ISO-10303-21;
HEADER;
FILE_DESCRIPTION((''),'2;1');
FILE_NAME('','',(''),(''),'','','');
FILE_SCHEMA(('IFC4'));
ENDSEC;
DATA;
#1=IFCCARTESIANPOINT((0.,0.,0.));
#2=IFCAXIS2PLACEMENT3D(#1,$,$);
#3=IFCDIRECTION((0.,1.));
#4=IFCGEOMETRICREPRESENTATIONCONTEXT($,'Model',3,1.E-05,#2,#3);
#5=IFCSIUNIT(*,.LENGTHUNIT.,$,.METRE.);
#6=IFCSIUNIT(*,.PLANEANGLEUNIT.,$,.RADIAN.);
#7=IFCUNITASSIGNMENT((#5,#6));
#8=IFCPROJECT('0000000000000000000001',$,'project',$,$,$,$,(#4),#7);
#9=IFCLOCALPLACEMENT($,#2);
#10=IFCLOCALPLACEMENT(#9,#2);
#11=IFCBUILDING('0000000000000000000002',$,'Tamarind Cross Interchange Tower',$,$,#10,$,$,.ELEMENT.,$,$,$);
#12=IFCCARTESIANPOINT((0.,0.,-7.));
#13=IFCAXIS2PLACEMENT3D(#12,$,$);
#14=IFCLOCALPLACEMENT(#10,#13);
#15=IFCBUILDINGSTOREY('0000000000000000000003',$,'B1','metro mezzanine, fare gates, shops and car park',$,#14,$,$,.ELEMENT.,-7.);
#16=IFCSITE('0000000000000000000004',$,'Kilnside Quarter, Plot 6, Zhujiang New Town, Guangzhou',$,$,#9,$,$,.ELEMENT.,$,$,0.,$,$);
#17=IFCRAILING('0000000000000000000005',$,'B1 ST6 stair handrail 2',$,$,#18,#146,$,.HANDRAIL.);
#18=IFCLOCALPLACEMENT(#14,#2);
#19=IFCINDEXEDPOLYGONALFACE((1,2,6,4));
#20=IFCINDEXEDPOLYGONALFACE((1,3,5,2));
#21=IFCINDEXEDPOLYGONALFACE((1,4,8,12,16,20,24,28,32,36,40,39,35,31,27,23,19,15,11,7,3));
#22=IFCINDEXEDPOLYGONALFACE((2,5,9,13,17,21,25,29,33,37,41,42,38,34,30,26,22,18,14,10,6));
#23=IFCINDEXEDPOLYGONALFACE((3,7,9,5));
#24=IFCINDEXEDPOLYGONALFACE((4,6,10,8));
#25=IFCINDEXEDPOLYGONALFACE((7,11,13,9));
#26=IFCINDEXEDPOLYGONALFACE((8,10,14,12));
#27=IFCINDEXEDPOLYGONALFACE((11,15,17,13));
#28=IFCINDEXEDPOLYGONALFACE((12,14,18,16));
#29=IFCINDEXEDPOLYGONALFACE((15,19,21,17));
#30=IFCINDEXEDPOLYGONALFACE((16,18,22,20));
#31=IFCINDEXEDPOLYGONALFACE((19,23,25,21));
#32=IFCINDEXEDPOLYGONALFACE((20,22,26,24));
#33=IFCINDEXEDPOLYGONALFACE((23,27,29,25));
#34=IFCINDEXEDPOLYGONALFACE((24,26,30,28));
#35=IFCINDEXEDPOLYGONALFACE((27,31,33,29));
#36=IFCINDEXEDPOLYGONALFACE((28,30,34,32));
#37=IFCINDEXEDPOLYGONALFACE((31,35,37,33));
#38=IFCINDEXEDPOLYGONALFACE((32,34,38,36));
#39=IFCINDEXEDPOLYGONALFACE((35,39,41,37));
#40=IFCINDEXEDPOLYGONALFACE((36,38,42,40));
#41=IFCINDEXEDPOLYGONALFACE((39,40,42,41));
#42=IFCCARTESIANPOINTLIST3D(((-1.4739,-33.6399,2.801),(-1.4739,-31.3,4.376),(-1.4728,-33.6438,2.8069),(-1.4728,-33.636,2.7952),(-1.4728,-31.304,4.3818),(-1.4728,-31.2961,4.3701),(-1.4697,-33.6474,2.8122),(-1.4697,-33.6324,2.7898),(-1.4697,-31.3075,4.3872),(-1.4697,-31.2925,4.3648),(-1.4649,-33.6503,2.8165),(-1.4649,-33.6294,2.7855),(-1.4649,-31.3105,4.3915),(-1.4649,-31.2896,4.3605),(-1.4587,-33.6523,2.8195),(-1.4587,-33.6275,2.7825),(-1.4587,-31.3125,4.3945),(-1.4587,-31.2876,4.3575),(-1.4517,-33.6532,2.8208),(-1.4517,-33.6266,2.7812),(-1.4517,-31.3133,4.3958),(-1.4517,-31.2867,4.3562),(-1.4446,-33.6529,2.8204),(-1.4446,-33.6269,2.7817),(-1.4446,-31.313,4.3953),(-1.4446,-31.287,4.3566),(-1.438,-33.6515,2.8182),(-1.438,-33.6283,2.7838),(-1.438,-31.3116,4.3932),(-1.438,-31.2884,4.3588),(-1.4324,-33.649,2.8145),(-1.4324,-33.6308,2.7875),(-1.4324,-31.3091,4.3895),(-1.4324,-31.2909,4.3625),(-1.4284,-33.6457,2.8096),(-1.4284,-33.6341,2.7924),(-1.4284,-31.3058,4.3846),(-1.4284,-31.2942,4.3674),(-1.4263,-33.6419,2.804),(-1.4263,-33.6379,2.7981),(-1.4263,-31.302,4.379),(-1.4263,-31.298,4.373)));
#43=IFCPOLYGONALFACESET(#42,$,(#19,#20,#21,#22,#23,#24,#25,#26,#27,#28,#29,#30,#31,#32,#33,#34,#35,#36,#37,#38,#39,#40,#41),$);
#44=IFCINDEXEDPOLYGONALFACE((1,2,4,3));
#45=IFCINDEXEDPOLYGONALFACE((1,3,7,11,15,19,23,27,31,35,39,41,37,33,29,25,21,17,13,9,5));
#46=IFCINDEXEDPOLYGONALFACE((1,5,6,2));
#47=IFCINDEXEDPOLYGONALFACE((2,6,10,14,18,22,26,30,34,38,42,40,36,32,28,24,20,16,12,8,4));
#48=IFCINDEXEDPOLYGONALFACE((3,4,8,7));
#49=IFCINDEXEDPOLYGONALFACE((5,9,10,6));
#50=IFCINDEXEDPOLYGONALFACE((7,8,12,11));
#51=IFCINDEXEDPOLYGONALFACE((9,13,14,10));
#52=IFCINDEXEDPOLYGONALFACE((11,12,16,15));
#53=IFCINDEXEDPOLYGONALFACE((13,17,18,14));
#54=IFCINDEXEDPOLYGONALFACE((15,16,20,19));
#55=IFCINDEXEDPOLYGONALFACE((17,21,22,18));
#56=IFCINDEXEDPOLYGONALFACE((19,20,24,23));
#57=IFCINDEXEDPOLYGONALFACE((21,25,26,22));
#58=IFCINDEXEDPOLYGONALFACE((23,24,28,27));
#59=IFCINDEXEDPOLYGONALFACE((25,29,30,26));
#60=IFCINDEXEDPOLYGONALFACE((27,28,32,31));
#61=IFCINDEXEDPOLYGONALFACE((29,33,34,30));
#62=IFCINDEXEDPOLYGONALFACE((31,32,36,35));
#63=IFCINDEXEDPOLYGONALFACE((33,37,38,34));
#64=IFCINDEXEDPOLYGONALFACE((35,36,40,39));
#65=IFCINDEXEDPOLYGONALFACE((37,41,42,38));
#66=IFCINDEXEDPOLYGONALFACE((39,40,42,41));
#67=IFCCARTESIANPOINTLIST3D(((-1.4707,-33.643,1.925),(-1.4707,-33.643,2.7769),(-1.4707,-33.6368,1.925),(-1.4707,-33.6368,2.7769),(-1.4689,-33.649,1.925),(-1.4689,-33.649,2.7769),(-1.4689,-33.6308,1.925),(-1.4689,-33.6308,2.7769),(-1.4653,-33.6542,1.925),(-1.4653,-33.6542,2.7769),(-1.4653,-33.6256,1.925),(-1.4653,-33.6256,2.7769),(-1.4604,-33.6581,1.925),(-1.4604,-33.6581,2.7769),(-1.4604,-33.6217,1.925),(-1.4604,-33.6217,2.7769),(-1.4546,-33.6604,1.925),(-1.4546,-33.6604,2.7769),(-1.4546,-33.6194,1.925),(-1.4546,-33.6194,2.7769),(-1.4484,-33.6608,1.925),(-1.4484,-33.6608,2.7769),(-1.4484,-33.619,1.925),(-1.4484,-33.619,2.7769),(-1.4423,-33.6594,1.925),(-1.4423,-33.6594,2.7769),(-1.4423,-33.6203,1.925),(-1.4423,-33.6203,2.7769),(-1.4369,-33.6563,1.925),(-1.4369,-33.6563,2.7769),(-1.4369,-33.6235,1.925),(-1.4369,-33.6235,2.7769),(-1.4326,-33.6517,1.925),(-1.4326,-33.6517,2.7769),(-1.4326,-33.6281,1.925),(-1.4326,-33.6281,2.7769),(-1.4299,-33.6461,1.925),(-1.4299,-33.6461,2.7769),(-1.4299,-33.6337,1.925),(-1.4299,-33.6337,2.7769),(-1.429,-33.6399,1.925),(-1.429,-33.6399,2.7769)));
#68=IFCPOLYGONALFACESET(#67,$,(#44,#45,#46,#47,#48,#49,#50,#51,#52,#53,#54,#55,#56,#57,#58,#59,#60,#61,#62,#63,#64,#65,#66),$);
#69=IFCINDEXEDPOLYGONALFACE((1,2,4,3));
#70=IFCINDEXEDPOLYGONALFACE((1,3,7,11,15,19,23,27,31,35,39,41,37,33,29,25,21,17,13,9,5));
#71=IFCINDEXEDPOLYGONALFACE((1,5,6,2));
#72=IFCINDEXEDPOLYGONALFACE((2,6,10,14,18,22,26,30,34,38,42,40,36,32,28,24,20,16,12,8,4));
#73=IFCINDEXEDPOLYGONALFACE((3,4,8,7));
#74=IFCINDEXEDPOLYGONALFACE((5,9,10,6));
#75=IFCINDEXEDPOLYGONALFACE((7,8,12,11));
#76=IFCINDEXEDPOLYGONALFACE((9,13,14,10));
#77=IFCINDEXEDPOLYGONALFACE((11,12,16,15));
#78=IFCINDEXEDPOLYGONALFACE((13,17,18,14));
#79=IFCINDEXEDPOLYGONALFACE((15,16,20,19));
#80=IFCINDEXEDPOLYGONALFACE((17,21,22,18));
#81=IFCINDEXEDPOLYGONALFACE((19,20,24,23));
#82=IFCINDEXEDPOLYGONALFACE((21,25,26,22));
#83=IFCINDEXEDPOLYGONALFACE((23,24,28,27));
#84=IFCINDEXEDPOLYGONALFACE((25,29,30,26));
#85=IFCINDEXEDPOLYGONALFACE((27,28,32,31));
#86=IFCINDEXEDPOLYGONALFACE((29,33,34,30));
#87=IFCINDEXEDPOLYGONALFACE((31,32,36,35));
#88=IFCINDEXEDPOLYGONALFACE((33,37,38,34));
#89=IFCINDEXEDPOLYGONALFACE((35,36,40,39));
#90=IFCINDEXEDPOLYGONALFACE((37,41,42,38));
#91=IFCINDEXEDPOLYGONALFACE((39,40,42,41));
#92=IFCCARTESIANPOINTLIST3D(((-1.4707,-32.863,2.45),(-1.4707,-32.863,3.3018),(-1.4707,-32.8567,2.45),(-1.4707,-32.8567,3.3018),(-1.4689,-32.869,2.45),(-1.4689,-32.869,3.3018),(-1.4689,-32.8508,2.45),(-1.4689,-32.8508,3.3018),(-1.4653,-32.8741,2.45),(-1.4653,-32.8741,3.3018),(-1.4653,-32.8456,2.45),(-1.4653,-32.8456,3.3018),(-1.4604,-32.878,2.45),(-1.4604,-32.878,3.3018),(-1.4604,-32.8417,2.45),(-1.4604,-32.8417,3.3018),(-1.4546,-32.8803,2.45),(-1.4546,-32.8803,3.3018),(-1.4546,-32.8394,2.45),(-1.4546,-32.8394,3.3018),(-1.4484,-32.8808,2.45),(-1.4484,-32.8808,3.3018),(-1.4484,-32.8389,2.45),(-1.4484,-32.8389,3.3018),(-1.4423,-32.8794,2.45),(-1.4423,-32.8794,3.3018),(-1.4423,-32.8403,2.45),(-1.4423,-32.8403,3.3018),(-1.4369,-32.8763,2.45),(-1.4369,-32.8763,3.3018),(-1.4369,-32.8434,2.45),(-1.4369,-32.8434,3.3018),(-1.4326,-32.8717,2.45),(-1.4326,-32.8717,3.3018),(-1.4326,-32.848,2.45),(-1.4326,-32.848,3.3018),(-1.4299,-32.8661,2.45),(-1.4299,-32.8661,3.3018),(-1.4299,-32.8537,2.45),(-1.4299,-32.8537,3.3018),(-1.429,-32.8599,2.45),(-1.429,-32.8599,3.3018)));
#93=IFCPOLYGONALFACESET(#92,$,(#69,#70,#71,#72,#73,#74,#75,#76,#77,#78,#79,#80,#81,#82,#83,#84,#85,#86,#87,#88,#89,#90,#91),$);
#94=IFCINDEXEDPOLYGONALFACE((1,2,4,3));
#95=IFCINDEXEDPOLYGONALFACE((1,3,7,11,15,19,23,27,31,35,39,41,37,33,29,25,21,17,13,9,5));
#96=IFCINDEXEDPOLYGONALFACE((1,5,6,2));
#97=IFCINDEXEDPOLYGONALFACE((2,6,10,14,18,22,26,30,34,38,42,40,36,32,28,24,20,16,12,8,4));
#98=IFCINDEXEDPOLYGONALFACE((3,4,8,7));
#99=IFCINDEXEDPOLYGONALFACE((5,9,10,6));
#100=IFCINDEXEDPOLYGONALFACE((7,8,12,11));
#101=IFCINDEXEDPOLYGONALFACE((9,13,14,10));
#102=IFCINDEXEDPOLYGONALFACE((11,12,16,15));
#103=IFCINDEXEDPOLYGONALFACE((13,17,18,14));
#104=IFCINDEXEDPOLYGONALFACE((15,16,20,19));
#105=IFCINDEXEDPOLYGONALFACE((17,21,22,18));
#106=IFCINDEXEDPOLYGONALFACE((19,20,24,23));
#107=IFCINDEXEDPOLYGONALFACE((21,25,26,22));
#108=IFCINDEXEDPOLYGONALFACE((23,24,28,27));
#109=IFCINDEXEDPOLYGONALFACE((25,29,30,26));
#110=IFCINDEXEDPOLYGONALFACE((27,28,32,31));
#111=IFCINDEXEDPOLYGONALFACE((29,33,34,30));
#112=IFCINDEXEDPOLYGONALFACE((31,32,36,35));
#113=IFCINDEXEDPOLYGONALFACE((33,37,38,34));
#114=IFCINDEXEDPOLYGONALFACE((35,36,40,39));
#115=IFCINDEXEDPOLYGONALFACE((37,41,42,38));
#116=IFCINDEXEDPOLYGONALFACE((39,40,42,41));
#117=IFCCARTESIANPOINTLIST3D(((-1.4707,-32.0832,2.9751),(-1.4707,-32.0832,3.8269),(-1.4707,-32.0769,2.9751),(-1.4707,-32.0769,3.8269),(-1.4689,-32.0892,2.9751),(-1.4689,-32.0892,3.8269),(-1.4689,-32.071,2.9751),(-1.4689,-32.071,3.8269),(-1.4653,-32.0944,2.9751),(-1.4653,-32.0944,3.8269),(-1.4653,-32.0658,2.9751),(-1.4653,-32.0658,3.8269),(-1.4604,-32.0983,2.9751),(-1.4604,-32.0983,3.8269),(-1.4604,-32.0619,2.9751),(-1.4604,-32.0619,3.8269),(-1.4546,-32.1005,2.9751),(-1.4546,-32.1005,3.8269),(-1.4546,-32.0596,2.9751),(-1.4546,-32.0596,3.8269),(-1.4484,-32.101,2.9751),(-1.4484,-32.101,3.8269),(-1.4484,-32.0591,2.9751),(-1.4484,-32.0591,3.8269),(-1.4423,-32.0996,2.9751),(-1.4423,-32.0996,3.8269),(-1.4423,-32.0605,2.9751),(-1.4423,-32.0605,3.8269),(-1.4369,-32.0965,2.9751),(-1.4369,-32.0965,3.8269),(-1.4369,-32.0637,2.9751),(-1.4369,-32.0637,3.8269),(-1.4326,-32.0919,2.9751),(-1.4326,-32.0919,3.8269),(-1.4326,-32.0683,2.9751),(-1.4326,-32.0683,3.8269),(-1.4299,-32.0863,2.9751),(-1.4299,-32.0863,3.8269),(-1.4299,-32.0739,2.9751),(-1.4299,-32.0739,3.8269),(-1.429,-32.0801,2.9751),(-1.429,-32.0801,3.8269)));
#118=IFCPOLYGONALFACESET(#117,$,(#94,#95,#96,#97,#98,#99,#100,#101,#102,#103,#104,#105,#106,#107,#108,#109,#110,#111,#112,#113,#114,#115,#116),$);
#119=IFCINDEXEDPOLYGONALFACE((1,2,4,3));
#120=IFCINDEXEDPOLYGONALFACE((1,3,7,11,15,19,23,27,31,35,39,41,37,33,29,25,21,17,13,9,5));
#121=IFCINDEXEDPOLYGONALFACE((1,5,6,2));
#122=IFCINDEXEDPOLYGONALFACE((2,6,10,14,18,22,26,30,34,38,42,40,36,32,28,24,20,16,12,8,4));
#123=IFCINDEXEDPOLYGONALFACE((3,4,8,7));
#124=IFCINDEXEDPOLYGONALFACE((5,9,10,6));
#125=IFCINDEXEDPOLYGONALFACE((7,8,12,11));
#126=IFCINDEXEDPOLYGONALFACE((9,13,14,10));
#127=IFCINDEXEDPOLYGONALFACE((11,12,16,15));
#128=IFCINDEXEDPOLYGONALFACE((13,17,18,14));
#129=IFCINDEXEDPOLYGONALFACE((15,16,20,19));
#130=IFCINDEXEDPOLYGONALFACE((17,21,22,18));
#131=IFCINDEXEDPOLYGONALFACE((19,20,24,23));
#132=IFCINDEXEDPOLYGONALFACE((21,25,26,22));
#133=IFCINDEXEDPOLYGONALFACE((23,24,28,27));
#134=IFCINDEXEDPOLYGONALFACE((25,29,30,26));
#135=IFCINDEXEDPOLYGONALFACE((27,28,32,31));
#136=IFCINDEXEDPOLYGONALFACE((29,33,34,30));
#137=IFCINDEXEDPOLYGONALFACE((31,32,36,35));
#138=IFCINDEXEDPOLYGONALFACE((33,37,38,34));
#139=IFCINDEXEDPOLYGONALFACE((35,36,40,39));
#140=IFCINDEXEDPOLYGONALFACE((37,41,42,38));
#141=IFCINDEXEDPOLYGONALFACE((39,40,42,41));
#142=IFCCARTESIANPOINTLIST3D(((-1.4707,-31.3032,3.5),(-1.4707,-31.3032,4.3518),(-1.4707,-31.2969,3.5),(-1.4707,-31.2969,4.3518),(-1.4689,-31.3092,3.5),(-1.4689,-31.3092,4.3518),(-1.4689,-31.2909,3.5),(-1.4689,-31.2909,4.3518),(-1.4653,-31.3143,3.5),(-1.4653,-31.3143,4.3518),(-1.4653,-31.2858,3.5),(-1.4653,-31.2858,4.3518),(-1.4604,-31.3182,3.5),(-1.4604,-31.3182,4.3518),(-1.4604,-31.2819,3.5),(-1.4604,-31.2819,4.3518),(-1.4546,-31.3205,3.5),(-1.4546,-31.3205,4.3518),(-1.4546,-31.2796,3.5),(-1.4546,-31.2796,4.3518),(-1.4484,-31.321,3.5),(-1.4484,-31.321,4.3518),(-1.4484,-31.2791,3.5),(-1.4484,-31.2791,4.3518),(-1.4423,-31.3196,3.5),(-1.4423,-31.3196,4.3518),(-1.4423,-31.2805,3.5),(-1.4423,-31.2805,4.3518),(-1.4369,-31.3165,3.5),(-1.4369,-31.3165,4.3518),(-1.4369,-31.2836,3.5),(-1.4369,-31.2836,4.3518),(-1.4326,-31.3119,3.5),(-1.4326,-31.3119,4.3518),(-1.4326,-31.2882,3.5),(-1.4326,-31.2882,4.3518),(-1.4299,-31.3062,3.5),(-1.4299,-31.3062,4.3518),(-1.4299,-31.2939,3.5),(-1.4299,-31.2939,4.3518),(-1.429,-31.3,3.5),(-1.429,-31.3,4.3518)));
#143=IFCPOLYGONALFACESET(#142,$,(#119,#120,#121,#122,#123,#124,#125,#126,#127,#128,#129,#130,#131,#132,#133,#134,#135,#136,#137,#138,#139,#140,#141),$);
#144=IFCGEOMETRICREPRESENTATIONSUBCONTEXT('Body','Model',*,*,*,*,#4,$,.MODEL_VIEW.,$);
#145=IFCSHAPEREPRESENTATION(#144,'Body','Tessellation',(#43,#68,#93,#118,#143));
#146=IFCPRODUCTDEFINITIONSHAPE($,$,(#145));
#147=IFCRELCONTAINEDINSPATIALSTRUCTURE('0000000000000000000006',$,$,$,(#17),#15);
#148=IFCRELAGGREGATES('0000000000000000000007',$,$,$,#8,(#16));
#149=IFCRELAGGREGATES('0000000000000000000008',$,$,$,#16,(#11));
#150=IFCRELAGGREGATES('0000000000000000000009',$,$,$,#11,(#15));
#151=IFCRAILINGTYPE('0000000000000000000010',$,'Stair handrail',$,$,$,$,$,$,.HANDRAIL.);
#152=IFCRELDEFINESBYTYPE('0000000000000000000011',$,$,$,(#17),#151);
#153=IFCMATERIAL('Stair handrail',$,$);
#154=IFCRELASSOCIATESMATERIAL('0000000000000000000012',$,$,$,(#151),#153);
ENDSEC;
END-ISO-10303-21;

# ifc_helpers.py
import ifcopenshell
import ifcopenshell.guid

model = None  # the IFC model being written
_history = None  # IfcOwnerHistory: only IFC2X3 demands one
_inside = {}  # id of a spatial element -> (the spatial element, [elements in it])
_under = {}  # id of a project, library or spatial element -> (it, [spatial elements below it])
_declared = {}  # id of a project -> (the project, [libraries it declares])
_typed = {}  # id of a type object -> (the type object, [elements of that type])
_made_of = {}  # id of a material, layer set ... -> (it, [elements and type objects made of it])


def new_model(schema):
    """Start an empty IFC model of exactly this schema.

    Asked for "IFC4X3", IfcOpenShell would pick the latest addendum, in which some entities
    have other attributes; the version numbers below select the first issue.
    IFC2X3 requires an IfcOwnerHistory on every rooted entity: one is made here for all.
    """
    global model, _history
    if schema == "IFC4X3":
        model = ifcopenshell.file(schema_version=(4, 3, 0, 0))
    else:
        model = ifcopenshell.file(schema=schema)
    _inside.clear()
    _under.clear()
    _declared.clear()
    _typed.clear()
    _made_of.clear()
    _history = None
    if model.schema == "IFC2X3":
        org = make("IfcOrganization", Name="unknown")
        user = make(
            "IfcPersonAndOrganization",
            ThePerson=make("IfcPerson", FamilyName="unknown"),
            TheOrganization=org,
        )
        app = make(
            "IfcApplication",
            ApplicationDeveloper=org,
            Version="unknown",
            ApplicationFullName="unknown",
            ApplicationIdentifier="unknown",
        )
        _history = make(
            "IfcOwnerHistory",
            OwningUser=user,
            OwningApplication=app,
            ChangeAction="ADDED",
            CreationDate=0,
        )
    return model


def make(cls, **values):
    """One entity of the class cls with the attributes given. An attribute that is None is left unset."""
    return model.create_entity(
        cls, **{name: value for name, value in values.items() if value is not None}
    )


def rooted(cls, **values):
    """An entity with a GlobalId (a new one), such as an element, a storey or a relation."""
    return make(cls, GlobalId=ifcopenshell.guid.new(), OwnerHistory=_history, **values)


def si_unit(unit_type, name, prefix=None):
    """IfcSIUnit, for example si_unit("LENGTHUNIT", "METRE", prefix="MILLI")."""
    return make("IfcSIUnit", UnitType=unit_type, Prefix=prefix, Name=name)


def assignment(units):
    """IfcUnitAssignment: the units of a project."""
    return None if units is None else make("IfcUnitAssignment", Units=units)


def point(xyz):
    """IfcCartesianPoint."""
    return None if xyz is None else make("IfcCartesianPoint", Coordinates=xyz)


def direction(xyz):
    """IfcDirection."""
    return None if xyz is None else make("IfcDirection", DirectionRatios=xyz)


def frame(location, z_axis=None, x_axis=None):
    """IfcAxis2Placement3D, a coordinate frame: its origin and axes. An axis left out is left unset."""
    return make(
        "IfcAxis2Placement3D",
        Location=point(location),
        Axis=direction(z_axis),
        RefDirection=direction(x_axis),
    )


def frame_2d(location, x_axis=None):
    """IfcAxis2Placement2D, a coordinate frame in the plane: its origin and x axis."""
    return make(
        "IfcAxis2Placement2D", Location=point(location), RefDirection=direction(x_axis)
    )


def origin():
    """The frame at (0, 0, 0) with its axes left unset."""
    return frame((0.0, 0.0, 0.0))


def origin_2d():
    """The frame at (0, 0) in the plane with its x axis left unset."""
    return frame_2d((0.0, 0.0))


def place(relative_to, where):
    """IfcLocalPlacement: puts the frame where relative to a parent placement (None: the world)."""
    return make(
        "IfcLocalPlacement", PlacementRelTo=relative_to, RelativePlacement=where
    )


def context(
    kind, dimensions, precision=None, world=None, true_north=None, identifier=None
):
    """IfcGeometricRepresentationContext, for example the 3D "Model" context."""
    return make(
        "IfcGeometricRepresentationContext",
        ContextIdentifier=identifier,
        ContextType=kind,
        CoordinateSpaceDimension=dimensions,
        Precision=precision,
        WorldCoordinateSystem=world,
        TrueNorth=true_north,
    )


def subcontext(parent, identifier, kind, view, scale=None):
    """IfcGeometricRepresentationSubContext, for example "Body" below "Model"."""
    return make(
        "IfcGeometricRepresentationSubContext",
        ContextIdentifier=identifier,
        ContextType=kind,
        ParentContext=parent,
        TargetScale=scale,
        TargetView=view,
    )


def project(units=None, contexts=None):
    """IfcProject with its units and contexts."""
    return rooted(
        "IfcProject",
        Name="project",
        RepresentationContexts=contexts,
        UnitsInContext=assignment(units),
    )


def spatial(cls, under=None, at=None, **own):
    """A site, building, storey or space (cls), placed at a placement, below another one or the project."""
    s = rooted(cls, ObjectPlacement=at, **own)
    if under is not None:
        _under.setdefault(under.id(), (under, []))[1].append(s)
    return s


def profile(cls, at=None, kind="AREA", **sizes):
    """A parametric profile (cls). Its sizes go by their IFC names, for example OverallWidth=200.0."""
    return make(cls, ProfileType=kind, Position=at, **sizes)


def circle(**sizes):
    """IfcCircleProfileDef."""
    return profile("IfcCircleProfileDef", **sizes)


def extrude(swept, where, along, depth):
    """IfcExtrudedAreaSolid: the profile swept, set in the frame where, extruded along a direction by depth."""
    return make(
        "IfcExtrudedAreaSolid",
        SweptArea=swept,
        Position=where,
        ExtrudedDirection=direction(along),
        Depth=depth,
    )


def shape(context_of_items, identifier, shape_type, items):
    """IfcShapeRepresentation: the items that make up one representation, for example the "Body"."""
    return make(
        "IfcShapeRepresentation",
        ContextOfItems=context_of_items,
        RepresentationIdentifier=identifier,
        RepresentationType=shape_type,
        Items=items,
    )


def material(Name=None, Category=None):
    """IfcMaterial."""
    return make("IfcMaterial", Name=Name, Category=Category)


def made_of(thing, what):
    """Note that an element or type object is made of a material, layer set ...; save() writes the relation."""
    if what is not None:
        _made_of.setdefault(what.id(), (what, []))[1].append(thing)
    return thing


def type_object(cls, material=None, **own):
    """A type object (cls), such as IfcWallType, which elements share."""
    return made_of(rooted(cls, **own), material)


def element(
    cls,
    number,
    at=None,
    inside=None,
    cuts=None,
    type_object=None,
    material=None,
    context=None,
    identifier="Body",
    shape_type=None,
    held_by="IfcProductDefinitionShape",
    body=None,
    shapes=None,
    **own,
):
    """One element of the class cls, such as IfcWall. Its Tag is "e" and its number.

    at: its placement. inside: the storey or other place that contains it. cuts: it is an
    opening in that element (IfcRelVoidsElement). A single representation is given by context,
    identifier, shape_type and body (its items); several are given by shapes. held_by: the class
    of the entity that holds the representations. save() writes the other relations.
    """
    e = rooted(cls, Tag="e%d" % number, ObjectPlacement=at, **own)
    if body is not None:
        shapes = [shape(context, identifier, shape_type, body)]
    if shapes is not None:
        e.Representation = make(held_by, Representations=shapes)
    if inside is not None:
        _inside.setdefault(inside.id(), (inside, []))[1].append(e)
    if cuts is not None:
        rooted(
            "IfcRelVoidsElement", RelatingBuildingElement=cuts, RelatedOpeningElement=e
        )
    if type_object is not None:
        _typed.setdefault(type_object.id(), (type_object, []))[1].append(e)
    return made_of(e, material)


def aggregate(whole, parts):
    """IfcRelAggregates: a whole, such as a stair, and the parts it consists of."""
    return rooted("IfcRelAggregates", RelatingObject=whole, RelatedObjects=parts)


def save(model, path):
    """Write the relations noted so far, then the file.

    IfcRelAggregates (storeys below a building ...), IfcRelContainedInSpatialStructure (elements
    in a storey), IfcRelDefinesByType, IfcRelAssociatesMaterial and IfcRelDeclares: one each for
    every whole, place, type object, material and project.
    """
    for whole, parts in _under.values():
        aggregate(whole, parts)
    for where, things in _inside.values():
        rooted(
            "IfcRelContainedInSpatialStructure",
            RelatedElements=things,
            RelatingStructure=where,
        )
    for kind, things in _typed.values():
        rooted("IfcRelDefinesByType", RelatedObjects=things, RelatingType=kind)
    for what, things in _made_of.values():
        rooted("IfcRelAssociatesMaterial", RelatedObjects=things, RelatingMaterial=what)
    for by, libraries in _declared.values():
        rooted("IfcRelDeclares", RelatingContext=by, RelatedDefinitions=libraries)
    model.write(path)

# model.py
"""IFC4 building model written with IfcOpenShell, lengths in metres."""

from ifc_helpers import new_model, si_unit, direction, frame, origin, origin_2d, place, context, subcontext, project, spatial, circle, extrude, material, type_object, element, save


model = new_model("IFC4")

# Units and contexts
model_context = context("Model", 3, precision=1e-05, world=origin(), true_north=direction((0.0, 1.0)))
body_context = subcontext(model_context, "Body", "Model", "MODEL_VIEW")
ifc_project = project(units=[si_unit("LENGTHUNIT", "METRE"), si_unit("PLANEANGLEUNIT", "RADIAN")], contexts=[model_context])

# Site, building, storey
site_placement = place(None, origin())
site = spatial("IfcSite", under=ifc_project, at=site_placement, Name="Kilnside Quarter, Plot 6, Zhujiang New Town, Guangzhou", CompositionType="ELEMENT", RefElevation=0.0)
building_placement = place(site_placement, origin())
building = spatial("IfcBuilding", under=site, at=building_placement, Name="Tamarind Cross Interchange Tower", CompositionType="ELEMENT")
storey_placement = place(building_placement, frame((0.0, 0.0, -7.0)))
storey = spatial("IfcBuildingStorey", under=building, at=storey_placement, Name="B1", Description="metro mezzanine, fare gates, shops and car park", CompositionType="ELEMENT", Elevation=-7.0)

# Railing
ifc_material_1 = material(Name="Stair handrail")
railing_type_1 = type_object("IfcRailingType", Name="Stair handrail", PredefinedType="HANDRAIL", material=ifc_material_1)
railing_1_placement = place(storey_placement, frame((-1.45, -33.6399, 1.925)))
element("IfcRailing", 1, at=railing_1_placement, inside=storey, type_object=railing_type_1, Name="B1 ST6 stair handrail 2", PredefinedType="HANDRAIL", context=body_context, shape_type="SweptSolid", body=[
    extrude(circle(Radius=0.0239, at=origin_2d()), frame((0.0, 0.0, 0.876), z_axis=(0.0, 0.829578, 0.55839), x_axis=(-1.0, 0.0, 0.0)), (0.0, 0.0, 1.0), 2.8206),
    extrude(circle(Radius=0.021, at=origin_2d()), origin(), (0.0, 0.0, 1.0), 0.8518),
    extrude(circle(Radius=0.021, at=origin_2d()), frame((0.0, 0.78, 0.5249)), (0.0, 0.0, 1.0), 0.8518),
    extrude(circle(Radius=0.021, at=origin_2d()), frame((0.0, 1.5598, 1.05)), (0.0, 0.0, 1.0), 0.8518),
    extrude(circle(Radius=0.021, at=origin_2d()), frame((0.0, 2.3398, 1.575)), (0.0, 0.0, 1.0), 0.8518),
])

save(model, "model.ifc")
